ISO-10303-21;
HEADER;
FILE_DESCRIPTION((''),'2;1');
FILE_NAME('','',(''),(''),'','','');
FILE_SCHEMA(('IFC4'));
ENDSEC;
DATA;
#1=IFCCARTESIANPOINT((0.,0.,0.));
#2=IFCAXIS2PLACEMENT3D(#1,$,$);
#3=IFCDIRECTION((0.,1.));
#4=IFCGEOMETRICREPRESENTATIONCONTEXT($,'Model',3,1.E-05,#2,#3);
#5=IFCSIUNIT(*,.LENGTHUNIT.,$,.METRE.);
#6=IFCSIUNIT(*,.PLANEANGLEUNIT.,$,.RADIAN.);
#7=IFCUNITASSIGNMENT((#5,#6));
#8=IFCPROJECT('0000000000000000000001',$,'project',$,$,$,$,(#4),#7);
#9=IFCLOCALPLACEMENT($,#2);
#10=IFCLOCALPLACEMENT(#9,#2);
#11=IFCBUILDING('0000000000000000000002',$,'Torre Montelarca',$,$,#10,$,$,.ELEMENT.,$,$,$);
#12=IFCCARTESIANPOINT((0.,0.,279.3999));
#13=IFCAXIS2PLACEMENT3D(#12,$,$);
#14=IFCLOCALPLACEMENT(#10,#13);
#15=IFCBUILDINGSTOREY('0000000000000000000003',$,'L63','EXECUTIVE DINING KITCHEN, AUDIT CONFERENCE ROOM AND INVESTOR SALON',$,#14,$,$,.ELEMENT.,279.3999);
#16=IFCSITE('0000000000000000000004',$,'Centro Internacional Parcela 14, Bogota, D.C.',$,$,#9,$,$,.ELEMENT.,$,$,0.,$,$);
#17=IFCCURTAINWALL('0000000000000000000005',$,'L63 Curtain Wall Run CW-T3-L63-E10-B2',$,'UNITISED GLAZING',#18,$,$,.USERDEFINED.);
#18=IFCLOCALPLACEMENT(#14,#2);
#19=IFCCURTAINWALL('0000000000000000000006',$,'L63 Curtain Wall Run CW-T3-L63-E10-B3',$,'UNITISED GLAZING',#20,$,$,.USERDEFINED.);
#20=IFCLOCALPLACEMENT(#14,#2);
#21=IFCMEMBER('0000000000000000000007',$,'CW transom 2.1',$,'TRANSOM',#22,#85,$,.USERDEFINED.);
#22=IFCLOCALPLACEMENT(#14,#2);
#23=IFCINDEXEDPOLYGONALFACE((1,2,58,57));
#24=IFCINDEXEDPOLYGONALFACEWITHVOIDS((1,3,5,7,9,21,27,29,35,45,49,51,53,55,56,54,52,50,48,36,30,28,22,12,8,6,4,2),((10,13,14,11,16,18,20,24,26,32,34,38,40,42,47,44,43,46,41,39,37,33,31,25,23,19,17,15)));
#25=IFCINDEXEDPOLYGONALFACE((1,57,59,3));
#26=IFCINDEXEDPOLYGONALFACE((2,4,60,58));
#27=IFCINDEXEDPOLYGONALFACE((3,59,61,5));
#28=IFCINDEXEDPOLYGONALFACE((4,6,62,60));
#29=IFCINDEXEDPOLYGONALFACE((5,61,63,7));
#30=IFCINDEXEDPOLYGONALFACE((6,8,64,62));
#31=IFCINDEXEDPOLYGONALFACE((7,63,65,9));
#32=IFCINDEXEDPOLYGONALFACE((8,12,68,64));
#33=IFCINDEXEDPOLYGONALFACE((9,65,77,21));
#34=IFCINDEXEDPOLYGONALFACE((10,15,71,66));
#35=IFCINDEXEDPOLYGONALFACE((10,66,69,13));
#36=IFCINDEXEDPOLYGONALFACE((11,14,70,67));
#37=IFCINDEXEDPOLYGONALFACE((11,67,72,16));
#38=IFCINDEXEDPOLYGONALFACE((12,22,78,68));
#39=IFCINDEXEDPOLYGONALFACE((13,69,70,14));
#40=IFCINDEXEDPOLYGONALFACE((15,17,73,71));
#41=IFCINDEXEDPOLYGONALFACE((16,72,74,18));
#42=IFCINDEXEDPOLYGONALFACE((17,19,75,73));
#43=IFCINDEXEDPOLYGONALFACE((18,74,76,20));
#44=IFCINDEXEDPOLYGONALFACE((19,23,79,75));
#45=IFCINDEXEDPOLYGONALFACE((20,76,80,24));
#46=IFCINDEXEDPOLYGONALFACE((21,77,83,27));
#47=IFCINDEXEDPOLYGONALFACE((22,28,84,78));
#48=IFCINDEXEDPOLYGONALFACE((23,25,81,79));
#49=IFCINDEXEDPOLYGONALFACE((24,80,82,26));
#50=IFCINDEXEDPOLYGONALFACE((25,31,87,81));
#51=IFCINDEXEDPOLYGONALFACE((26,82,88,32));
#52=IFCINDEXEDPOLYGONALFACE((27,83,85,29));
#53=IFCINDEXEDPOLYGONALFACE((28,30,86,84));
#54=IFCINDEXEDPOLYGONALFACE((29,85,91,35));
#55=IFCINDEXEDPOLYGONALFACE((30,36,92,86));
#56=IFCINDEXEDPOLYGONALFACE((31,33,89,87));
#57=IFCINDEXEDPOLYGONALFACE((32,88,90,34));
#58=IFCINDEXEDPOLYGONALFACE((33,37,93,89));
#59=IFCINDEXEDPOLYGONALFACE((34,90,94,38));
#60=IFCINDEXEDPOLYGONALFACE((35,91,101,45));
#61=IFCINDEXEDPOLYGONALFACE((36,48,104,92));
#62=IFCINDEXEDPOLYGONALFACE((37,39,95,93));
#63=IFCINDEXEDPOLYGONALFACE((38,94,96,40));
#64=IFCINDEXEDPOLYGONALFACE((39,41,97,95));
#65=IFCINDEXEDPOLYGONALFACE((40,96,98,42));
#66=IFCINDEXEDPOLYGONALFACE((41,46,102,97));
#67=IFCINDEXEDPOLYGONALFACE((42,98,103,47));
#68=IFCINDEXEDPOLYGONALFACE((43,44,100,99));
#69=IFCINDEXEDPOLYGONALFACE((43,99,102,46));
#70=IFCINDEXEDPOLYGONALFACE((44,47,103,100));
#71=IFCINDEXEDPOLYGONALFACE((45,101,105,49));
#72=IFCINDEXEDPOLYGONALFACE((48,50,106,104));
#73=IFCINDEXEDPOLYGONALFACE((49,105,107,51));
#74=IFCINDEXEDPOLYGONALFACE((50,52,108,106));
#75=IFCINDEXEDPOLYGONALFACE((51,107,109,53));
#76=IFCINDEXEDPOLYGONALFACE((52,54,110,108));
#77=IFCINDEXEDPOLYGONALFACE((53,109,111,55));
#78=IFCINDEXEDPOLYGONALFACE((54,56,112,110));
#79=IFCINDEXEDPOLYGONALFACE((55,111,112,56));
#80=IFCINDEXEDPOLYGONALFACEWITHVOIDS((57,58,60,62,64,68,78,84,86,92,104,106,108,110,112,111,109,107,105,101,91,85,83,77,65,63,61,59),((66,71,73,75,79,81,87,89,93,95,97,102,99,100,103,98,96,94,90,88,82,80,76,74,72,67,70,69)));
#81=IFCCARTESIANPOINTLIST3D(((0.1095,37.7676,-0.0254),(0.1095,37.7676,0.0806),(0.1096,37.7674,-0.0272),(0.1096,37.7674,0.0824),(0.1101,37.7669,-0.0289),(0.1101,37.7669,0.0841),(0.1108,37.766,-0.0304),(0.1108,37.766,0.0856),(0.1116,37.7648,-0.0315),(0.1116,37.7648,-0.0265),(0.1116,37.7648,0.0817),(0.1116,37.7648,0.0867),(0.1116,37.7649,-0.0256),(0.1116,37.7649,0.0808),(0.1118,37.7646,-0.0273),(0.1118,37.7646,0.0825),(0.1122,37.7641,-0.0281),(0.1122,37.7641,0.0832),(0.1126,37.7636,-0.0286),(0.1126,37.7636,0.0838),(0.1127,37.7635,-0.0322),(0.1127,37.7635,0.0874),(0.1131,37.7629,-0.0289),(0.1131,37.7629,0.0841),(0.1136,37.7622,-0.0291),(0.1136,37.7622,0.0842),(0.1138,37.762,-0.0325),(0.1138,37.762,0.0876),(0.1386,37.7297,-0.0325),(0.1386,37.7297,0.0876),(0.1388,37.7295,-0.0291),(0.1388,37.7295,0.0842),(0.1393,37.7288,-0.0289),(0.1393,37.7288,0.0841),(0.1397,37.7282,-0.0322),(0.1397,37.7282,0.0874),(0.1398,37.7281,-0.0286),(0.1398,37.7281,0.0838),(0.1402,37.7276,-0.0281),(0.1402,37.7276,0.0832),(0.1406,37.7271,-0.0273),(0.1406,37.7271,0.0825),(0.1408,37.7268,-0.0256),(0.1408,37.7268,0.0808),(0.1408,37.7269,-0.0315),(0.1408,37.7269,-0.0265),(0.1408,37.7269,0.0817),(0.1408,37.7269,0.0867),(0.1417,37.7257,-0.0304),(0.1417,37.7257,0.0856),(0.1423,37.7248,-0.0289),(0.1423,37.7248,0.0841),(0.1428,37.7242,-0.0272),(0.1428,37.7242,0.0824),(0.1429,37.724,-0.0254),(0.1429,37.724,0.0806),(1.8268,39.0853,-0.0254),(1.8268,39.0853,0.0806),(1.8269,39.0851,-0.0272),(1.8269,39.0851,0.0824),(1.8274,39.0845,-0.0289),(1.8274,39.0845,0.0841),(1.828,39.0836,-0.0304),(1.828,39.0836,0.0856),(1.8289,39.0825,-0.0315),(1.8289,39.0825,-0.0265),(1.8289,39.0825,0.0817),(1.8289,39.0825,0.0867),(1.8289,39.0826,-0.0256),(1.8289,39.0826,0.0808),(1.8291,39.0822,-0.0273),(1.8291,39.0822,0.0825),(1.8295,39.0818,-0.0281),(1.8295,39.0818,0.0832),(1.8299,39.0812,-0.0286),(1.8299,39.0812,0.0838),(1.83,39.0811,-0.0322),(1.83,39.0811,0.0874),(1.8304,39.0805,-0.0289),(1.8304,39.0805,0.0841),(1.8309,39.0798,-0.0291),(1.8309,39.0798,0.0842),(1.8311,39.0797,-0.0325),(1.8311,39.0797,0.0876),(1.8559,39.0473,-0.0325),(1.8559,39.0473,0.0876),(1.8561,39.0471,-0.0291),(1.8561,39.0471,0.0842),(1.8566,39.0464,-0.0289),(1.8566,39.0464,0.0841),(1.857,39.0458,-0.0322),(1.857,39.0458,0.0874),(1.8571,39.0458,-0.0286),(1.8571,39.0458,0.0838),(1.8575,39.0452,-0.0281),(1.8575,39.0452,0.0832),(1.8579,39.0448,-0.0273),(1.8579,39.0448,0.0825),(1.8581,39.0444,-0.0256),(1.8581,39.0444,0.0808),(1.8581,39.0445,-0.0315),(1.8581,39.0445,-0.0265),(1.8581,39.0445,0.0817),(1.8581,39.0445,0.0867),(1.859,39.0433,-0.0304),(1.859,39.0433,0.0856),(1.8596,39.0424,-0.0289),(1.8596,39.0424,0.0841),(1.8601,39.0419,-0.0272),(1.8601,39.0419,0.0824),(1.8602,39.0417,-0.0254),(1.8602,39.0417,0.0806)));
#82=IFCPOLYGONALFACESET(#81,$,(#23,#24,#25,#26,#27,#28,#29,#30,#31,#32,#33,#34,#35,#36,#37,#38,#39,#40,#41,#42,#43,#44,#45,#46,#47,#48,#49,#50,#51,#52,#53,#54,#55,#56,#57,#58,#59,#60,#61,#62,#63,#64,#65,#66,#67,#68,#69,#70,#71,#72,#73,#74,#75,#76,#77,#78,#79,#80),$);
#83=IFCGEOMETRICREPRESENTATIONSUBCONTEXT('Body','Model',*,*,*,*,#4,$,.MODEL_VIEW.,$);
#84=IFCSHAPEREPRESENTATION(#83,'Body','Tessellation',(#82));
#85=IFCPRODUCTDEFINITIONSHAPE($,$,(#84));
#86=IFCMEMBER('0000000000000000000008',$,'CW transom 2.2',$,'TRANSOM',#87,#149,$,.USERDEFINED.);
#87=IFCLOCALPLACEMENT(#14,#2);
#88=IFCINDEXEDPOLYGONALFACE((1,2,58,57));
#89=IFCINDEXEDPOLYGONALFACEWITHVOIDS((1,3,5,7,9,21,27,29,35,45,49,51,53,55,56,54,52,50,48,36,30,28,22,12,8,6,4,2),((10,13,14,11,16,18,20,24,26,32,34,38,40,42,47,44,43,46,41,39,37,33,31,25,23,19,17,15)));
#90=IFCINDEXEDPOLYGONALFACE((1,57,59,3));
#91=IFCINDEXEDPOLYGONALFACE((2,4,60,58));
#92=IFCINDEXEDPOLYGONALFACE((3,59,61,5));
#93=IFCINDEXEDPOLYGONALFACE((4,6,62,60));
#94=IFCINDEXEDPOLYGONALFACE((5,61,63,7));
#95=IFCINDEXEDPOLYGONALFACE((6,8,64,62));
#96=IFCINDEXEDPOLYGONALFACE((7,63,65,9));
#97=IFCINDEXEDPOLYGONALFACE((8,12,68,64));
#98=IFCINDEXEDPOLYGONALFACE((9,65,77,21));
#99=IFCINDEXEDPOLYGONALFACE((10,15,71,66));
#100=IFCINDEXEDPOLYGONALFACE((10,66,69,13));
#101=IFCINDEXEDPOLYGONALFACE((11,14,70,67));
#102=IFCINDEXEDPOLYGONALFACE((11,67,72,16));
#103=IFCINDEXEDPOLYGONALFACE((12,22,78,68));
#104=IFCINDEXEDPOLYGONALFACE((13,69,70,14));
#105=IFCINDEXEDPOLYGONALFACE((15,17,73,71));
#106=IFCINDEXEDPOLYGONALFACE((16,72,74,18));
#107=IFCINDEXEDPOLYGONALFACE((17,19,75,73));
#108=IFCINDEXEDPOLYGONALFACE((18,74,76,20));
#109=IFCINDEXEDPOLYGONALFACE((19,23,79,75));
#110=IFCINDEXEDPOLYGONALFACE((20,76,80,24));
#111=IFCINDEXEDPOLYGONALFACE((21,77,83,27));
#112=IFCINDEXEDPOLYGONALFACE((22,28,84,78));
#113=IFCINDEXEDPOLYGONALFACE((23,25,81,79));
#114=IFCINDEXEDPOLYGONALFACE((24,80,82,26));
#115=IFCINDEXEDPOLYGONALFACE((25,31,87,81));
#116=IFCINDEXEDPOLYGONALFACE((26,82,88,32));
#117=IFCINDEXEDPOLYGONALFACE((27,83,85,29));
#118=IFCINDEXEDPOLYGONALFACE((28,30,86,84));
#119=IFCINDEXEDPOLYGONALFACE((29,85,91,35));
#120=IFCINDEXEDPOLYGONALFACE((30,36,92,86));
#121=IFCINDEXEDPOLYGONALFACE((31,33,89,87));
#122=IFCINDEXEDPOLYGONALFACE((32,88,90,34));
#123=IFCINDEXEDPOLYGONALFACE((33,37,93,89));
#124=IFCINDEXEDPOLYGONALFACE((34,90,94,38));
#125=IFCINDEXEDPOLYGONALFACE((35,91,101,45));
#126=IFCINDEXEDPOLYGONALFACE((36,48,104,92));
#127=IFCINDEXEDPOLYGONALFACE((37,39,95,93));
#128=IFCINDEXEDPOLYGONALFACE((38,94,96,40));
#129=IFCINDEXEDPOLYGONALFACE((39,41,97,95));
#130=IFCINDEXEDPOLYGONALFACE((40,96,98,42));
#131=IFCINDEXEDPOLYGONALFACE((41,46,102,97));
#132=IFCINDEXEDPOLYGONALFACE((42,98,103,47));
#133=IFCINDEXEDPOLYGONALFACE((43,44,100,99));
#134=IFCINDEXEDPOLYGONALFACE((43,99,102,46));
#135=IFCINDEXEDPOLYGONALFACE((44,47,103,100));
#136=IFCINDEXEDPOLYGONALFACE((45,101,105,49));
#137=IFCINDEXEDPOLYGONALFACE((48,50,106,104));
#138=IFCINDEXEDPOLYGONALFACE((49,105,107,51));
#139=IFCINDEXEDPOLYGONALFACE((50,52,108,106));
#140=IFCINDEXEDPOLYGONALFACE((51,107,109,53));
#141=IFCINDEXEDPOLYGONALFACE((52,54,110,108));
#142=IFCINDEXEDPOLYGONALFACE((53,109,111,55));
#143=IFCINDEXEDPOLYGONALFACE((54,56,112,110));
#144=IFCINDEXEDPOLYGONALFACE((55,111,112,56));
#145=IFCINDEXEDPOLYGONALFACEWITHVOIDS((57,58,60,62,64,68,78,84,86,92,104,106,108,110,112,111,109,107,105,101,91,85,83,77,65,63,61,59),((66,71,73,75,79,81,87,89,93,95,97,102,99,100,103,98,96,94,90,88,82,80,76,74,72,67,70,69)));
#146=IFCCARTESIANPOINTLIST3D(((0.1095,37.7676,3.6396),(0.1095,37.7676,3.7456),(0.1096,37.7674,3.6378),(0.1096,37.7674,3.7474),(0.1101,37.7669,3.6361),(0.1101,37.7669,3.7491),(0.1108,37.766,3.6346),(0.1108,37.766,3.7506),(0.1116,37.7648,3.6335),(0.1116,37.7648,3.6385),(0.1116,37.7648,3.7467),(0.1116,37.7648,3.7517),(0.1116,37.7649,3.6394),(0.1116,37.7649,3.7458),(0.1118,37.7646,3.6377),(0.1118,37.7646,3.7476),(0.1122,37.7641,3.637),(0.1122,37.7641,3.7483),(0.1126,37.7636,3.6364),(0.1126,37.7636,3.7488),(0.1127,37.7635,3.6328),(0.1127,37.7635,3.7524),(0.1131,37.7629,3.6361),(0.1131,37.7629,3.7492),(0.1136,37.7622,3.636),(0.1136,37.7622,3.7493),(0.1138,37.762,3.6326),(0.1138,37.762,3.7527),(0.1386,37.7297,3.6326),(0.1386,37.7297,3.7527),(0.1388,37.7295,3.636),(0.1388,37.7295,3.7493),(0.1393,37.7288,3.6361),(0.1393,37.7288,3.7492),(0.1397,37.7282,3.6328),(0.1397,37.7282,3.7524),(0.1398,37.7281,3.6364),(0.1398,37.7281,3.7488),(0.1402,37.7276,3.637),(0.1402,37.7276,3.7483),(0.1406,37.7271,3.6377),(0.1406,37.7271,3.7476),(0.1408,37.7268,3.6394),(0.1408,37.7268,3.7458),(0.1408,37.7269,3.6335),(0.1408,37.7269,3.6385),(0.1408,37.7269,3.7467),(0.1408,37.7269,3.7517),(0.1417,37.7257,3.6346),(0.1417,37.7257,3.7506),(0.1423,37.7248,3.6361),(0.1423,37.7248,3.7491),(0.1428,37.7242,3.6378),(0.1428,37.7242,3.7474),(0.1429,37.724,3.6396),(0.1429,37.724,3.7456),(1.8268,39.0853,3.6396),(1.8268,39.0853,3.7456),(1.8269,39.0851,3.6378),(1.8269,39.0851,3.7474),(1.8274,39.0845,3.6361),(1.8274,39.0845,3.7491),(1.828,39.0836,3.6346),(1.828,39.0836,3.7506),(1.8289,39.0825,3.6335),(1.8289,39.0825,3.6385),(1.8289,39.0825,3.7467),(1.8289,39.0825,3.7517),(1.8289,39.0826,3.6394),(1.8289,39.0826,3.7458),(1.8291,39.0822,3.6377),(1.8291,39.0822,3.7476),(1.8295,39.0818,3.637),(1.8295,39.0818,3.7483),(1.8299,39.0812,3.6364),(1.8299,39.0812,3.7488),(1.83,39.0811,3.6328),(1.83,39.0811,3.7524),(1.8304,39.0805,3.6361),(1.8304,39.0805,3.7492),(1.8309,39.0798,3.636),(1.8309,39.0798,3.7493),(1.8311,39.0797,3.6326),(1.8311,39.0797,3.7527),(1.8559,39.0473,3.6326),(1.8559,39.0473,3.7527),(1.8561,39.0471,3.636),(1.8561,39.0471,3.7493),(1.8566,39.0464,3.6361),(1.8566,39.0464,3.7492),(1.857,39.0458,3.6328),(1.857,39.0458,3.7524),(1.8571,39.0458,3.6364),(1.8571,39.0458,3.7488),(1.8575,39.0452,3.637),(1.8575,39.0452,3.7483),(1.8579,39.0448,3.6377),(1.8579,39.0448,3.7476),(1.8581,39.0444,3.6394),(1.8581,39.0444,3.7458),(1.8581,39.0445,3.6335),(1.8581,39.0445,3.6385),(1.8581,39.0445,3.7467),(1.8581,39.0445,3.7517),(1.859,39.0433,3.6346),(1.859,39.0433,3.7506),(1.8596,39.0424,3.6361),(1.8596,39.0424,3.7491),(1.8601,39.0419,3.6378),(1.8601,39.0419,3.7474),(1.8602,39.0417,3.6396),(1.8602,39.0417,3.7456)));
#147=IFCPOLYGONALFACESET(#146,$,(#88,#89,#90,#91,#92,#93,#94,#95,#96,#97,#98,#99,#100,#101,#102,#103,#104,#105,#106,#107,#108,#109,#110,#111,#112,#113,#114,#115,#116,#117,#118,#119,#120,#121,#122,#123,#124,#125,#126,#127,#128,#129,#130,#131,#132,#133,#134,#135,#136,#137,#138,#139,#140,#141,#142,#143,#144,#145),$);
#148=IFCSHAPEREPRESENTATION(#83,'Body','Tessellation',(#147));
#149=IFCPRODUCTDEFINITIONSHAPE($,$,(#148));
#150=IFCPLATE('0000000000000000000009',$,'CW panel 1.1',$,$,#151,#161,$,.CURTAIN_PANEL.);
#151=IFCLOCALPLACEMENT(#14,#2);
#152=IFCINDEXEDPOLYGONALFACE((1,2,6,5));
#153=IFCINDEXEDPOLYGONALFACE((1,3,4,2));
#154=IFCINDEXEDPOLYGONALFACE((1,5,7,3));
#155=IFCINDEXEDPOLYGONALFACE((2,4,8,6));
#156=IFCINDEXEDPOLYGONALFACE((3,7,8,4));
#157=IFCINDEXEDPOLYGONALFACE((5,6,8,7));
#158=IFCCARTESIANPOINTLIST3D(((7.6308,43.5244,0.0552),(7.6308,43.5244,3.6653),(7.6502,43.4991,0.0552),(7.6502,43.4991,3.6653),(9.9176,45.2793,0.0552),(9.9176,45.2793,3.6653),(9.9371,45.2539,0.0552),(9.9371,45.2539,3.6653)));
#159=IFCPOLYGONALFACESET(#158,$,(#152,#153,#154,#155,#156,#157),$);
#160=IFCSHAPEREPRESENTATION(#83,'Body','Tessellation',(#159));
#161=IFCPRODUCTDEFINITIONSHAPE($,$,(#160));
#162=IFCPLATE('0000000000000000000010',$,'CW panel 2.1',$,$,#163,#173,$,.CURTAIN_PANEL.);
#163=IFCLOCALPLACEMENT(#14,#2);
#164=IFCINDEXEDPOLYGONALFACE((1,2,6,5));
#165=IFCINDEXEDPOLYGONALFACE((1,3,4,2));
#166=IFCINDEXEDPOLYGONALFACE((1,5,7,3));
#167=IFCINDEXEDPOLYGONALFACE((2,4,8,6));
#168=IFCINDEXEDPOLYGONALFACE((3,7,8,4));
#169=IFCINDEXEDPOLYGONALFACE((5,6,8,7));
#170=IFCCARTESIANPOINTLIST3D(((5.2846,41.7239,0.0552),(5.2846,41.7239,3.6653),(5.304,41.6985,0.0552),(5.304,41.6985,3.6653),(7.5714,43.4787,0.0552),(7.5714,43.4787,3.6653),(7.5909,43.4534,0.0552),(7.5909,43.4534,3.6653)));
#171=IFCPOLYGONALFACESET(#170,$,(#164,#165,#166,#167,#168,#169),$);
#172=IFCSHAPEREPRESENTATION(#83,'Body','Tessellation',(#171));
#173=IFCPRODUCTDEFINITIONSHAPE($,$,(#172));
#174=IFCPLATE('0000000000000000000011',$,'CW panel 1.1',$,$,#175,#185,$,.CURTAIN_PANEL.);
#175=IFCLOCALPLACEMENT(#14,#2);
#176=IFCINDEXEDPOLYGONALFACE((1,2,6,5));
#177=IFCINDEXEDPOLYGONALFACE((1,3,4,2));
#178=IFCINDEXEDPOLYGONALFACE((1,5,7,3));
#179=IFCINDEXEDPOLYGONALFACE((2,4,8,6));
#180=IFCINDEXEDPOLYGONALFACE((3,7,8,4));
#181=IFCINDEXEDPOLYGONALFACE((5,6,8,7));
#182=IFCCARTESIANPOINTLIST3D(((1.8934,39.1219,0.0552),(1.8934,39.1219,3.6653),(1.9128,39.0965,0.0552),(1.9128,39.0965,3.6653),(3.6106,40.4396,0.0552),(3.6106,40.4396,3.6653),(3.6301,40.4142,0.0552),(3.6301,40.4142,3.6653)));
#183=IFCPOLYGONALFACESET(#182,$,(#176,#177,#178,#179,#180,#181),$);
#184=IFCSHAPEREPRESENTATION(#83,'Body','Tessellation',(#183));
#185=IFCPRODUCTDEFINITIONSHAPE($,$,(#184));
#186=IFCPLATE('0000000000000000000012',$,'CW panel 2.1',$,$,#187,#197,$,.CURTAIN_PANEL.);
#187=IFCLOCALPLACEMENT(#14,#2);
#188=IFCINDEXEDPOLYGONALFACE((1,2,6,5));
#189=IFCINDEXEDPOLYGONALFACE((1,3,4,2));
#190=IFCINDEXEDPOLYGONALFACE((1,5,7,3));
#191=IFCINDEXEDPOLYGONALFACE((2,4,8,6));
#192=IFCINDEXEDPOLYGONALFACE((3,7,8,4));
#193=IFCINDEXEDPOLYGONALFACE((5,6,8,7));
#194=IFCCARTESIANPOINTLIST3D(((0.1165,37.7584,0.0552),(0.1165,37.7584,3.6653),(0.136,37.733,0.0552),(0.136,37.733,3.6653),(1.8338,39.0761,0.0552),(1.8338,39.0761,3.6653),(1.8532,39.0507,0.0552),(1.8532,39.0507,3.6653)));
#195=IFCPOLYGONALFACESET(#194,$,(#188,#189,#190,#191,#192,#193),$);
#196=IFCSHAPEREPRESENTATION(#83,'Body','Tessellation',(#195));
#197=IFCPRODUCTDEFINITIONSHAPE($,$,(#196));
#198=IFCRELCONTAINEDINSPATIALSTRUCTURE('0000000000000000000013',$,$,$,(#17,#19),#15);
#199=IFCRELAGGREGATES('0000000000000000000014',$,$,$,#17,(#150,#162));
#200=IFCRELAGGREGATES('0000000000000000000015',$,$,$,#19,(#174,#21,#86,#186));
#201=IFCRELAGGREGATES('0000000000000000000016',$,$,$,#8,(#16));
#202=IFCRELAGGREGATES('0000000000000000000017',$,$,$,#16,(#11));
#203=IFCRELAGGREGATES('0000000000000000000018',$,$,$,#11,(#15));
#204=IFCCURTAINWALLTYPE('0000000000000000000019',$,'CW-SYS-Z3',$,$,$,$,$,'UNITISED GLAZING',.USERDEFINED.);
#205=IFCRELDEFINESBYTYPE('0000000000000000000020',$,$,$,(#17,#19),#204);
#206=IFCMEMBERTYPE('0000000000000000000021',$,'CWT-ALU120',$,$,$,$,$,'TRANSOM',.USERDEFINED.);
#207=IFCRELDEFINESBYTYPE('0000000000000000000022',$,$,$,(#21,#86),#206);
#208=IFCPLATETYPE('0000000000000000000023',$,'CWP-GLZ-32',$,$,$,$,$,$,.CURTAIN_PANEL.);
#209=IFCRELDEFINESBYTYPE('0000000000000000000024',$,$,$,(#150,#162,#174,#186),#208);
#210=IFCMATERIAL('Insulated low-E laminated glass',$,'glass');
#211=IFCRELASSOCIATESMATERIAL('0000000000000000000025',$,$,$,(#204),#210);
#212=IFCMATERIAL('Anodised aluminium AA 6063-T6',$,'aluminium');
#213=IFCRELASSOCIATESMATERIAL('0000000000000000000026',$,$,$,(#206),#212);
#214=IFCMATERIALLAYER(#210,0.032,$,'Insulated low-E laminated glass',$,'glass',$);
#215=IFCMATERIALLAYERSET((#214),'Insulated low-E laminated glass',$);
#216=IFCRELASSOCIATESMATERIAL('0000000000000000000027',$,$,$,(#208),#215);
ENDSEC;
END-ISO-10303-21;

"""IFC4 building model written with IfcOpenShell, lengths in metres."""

from ifc_helpers import new_model, si_unit, direction, frame, origin, origin_2d, place, context, subcontext, project, spatial, rectangle, hollow_rectangle, extrude, source, transform, mapped, material, layer, layer_set, material_profile, profile_set, type_object, element, aggregate, save


model = new_model("IFC4")

# Units and contexts
model_context = context("Model", 3, precision=1e-05, world=origin(), true_north=direction((0.0, 1.0)))
body_context = subcontext(model_context, "Body", "Model", "MODEL_VIEW")
ifc_project = project(units=[si_unit("LENGTHUNIT", "METRE"), si_unit("PLANEANGLEUNIT", "RADIAN")], contexts=[model_context])

# Site, building, storey
site_placement = place(None, origin())
site = spatial("IfcSite", under=ifc_project, at=site_placement, Name="Centro Internacional Parcela 14, Bogota, D.C.", CompositionType="ELEMENT", RefElevation=0.0)
building_placement = place(site_placement, origin())
building = spatial("IfcBuilding", under=site, at=building_placement, Name="Torre Montelarca", CompositionType="ELEMENT")
storey_placement = place(building_placement, frame((0.0, 0.0, 279.3999)))
storey = spatial("IfcBuildingStorey", under=building, at=storey_placement, Name="L63", Description="EXECUTIVE DINING KITCHEN, AUDIT CONFERENCE ROOM AND INVESTOR SALON", CompositionType="ELEMENT", Elevation=279.3999)

# Curtain walls
ifc_material_1 = material(Name="Insulated low-E laminated glass", Category="glass")
curtain_wall_type = type_object("IfcCurtainWallType", Name="CW-SYS-Z3", ElementType="UNITISED GLAZING", PredefinedType="USERDEFINED", material=ifc_material_1)
curtain_wall_1_placement = place(storey_placement, origin())
curtain_wall_1 = element("IfcCurtainWall", 1, at=curtain_wall_1_placement, inside=storey, type_object=curtain_wall_type, Name="L63 Curtain Wall Run CW-T3-L63-E10-B2", ObjectType="UNITISED GLAZING", PredefinedType="USERDEFINED")
ifc_material_2 = material(Name="Anodised aluminium AA 6063-T6", Category="aluminium")
curtain_wall_2_placement = place(storey_placement, origin())
curtain_wall_2 = element("IfcCurtainWall", 2, at=curtain_wall_2_placement, inside=storey, type_object=curtain_wall_type, Name="L63 Curtain Wall Run CW-T3-L63-E10-B3", ObjectType="UNITISED GLAZING", PredefinedType="USERDEFINED")

# Members
ifc_material_profile_1 = material_profile(ifc_material_2, hollow_rectangle(XDim=0.0549, YDim=0.1201, WallThickness=0.0034, InnerFilletRadius=0.0034, OuterFilletRadius=0.0071, at=origin_2d()), Name="ALU55X120X3.5", Category="aluminium")
ifc_profile_set_1 = profile_set([ifc_material_profile_1], Name="Anodised aluminium AA 6063-T6")
member_type_1 = type_object("IfcMemberType", Name="CWT-ALU120", ElementType="TRANSOM", PredefinedType="USERDEFINED", material=ifc_profile_set_1)
shared_shape_1 = source(origin(), body_context, "Body", "SweptSolid", [
    extrude(hollow_rectangle(XDim=0.0549, YDim=0.1201, WallThickness=0.0034, InnerFilletRadius=0.0034, OuterFilletRadius=0.0071, at=origin_2d()), origin(), (0.0, 0.0, 1.0), 2.1646),
])
member_1_placement = place(storey_placement, frame((1.8435, 39.0635, 0.0276), z_axis=(-0.793374, -0.608735, 0.0), x_axis=(0.608735, -0.793374, 0.0)))
member_1 = element("IfcMember", 3, at=member_1_placement, type_object=member_type_1, Name="CW transom 2.1", ObjectType="TRANSOM", PredefinedType="USERDEFINED", context=body_context, shape_type="MappedRepresentation", body=[
    mapped(shared_shape_1, transform((0.0, 0.0, 0.0), scale=1.0)),
])
member_2_placement = place(storey_placement, frame((1.8435, 39.0635, 3.6926), z_axis=(-0.793374, -0.608735, 0.0), x_axis=(0.608735, -0.793374, 0.0)))
member_2 = element("IfcMember", 4, at=member_2_placement, type_object=member_type_1, Name="CW transom 2.2", ObjectType="TRANSOM", PredefinedType="USERDEFINED", context=body_context, shape_type="MappedRepresentation", body=[
    mapped(shared_shape_1, transform((0.0, 0.0, 0.0), scale=1.0)),
])

# Plates
ifc_layer_1 = layer(ifc_material_1, 0.032, Name="Insulated low-E laminated glass", Category="glass")
ifc_layer_set_1 = layer_set([ifc_layer_1], Name="Insulated low-E laminated glass")
plate_type = type_object("IfcPlateType", Name="CWP-GLZ-32", PredefinedType="CURTAIN_PANEL", material=ifc_layer_set_1)
shared_shape_2 = source(origin(), body_context, "Body", "SweptSolid", [
    extrude(rectangle(XDim=2.8826, YDim=0.032, at=origin_2d()), origin(), (0.0, 0.0, 1.0), 3.6101),
])
plate_1_placement = place(storey_placement, frame((8.7839, 44.3892, 0.0552), z_axis=(0.0, 0.0, 1.0), x_axis=(-0.793345, -0.608773, 0.0)))
plate_1 = element("IfcPlate", 5, at=plate_1_placement, type_object=plate_type, Name="CW panel 1.1", PredefinedType="CURTAIN_PANEL", context=body_context, shape_type="MappedRepresentation", body=[
    mapped(shared_shape_2, transform((0.0, 0.0, 0.0), scale=1.0)),
])
plate_2_placement = place(storey_placement, frame((6.4377, 42.5886, 0.0552), z_axis=(0.0, 0.0, 1.0), x_axis=(-0.793345, -0.608773, 0.0)))
plate_2 = element("IfcPlate", 6, at=plate_2_placement, type_object=plate_type, Name="CW panel 2.1", PredefinedType="CURTAIN_PANEL", context=body_context, shape_type="MappedRepresentation", body=[
    mapped(shared_shape_2, transform((0.0, 0.0, 0.0), scale=1.0)),
])
aggregate(curtain_wall_1, [plate_1, plate_2])
shared_shape_3 = source(origin(), body_context, "Body", "SweptSolid", [
    extrude(rectangle(XDim=2.1646, YDim=0.032, at=origin_2d()), origin(), (0.0, 0.0, 1.0), 3.6101),
])
plate_3_placement = place(storey_placement, frame((2.7617, 39.7681, 0.0552), z_axis=(0.0, 0.0, 1.0), x_axis=(-0.793356, -0.608757, 0.0)))
plate_3 = element("IfcPlate", 7, at=plate_3_placement, type_object=plate_type, Name="CW panel 1.1", PredefinedType="CURTAIN_PANEL", context=body_context, shape_type="MappedRepresentation", body=[
    mapped(shared_shape_3, transform((0.0, 0.0, 0.0), scale=1.0)),
])
plate_4_placement = place(storey_placement, frame((0.9849, 38.4045, 0.0552), z_axis=(0.0, 0.0, 1.0), x_axis=(-0.793356, -0.608757, 0.0)))
plate_4 = element("IfcPlate", 8, at=plate_4_placement, type_object=plate_type, Name="CW panel 2.1", PredefinedType="CURTAIN_PANEL", context=body_context, shape_type="MappedRepresentation", body=[
    mapped(shared_shape_3, transform((0.0, 0.0, 0.0), scale=1.0)),
])
aggregate(curtain_wall_2, [plate_3, member_1, member_2, plate_4])

save(model, "model.ifc")
